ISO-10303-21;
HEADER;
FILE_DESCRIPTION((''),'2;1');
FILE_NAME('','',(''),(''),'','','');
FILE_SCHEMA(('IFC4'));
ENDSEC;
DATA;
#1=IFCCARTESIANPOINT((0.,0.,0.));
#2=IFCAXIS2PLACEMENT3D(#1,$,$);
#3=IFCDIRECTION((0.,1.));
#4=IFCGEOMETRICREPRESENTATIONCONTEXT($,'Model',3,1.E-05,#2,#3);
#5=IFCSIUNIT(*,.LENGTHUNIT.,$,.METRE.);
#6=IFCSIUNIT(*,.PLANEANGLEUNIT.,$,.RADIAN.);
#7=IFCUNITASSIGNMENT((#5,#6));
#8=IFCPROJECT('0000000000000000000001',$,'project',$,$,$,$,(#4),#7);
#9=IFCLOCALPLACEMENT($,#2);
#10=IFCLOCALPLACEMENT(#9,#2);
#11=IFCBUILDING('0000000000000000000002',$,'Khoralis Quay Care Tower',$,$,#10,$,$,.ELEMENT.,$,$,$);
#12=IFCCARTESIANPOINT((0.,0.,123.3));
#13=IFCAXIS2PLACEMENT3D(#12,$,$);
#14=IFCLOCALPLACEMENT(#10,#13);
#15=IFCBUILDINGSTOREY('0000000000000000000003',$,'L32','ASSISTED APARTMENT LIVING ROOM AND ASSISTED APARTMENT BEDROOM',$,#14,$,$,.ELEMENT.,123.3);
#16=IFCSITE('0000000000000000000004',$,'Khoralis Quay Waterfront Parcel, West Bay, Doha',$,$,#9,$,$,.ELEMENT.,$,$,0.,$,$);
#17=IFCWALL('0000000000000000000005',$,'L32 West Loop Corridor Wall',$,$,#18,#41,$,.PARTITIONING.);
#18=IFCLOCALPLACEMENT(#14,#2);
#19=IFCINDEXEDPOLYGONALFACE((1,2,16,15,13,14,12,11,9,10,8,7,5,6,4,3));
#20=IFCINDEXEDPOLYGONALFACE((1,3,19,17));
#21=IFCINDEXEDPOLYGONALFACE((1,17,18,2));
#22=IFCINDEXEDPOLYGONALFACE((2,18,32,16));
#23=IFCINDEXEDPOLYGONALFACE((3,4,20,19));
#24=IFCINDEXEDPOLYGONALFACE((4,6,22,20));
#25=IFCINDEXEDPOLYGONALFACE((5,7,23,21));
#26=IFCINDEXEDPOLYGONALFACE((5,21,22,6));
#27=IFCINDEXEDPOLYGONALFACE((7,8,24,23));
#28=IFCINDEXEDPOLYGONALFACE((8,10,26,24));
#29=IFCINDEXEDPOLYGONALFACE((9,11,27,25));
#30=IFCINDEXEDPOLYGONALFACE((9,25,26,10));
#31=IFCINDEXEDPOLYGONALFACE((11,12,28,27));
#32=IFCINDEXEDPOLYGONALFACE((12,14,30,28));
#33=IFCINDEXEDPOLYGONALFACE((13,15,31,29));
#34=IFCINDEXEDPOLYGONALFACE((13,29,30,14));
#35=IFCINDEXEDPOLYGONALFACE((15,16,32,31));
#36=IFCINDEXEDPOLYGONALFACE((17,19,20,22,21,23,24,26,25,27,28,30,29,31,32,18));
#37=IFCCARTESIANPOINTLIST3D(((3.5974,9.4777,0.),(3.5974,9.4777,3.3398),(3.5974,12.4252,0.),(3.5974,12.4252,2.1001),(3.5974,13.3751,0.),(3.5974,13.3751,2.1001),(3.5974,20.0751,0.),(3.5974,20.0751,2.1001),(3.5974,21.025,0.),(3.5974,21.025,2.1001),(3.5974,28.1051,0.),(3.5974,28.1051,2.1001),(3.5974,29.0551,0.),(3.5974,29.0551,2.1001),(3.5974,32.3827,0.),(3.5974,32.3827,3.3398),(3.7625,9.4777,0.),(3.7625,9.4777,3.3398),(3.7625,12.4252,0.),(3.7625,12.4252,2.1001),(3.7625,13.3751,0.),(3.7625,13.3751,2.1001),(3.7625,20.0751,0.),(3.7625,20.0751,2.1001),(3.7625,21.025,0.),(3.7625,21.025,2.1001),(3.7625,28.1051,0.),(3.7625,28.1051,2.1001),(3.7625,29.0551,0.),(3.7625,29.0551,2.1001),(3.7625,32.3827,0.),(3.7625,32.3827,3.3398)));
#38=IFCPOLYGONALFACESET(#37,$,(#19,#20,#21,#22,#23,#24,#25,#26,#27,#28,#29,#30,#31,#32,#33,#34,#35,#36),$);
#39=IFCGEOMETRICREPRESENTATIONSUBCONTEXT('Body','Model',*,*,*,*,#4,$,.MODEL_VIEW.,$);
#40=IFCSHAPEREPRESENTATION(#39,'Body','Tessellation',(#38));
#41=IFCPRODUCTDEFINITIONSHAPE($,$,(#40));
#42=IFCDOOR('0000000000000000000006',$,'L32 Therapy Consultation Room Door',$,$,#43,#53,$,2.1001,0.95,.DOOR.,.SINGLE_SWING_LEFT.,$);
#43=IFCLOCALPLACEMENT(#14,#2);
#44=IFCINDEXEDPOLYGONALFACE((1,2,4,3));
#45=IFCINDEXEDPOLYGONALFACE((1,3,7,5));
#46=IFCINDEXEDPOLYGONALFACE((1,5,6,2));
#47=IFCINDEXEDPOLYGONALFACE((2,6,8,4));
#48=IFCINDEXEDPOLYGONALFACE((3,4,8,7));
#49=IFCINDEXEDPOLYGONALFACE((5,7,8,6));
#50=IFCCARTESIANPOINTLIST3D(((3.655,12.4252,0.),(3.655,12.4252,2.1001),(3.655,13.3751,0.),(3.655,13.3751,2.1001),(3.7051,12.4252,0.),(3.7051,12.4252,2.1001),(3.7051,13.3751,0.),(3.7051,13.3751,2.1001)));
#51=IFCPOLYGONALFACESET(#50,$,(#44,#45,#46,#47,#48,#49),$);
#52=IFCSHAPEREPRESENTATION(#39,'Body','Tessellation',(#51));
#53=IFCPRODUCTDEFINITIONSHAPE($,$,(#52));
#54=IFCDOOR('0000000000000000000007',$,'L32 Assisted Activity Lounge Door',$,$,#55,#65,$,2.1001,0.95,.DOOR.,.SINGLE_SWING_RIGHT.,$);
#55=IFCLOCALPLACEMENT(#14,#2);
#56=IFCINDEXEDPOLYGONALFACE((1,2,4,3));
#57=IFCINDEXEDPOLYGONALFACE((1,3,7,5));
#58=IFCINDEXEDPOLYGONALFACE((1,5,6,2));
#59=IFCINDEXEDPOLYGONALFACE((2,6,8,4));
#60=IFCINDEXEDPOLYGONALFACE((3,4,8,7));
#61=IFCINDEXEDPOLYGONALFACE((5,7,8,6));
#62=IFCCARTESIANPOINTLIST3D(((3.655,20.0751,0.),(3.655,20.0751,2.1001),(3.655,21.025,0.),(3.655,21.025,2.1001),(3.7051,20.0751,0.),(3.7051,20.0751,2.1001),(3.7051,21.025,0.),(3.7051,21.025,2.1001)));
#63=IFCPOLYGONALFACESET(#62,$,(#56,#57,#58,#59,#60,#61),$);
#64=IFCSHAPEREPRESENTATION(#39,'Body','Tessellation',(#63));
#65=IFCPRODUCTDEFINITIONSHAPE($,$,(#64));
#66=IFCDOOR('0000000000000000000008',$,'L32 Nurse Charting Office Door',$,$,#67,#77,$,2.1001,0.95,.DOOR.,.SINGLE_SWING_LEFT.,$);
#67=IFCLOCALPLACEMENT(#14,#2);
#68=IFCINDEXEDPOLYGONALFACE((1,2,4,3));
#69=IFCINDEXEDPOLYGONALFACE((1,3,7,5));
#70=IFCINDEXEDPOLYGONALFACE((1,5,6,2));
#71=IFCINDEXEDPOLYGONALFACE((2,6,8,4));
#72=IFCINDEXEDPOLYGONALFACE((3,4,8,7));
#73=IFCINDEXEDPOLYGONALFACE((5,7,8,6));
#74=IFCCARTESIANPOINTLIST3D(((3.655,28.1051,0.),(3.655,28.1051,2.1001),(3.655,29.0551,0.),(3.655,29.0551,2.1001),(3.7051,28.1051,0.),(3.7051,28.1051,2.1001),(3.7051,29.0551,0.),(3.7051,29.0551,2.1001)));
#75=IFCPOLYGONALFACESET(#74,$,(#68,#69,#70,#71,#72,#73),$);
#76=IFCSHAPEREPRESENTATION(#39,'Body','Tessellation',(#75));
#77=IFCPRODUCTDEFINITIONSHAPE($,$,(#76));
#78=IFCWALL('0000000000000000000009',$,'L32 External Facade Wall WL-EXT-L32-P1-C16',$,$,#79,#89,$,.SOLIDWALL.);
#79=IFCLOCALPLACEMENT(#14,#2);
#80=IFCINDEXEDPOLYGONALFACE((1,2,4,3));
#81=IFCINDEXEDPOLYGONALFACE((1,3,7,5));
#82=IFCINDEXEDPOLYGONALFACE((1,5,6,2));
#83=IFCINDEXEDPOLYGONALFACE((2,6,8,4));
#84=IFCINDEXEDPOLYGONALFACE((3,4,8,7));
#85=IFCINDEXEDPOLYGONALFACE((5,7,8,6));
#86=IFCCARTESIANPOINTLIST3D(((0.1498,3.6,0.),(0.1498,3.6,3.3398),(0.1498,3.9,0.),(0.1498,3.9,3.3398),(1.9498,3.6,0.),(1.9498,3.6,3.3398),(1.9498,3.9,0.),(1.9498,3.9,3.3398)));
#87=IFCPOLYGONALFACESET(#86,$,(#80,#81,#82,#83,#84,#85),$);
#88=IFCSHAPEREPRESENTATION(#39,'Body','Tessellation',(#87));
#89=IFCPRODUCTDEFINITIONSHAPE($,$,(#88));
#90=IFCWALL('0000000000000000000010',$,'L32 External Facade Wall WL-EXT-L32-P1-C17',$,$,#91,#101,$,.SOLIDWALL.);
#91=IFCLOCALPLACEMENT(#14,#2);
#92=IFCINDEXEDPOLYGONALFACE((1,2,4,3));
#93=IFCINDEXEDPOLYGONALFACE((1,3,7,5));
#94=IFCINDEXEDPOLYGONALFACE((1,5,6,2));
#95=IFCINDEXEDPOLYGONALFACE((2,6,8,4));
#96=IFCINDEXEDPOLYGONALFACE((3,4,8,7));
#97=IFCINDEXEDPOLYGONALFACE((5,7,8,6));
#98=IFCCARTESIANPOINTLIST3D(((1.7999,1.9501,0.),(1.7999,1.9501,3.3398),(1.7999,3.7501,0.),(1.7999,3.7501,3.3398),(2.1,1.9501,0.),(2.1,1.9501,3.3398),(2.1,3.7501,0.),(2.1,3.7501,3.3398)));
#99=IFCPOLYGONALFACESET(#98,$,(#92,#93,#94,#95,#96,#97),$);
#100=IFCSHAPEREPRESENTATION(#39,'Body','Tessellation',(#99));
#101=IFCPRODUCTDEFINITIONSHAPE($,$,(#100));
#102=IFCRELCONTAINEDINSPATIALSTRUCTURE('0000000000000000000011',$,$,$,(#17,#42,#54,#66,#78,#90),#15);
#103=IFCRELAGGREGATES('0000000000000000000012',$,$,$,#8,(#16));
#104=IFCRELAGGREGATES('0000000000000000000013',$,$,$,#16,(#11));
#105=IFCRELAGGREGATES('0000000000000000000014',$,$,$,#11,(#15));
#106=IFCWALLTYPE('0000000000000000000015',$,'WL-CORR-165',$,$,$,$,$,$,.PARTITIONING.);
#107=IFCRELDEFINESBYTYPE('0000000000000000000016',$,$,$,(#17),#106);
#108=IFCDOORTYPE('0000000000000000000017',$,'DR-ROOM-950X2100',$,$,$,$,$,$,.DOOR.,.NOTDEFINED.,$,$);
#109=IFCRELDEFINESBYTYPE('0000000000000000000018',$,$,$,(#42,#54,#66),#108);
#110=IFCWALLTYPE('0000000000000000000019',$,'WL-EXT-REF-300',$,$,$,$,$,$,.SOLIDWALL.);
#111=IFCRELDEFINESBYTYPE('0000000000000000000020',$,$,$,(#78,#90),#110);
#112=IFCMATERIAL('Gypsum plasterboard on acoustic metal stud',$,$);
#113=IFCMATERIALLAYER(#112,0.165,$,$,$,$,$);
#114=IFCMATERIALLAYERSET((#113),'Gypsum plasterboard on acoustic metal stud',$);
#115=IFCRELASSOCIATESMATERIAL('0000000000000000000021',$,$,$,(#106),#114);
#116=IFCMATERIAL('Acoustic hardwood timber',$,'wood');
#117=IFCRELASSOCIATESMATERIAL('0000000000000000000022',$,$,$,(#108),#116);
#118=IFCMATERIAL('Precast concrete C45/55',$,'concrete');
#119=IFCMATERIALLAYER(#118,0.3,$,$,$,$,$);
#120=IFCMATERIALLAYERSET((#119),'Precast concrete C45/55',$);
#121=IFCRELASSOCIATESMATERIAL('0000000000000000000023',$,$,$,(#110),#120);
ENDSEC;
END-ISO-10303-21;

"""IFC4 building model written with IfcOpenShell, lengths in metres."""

from ifc_helpers import new_model, si_unit, direction, frame, frame_2d, origin, place, context, subcontext, project, spatial, rectangle, extrude, source, transform, mapped, material, layer, layer_set, type_object, element, fill, save


model = new_model("IFC4")

# Units and contexts
model_context = context("Model", 3, precision=1e-05, world=origin(), true_north=direction((0.0, 1.0)))
body_context = subcontext(model_context, "Body", "Model", "MODEL_VIEW")
ifc_project = project(units=[si_unit("LENGTHUNIT", "METRE"), si_unit("PLANEANGLEUNIT", "RADIAN")], contexts=[model_context])

# Site, building, storey
site_placement = place(None, origin())
site = spatial("IfcSite", under=ifc_project, at=site_placement, Name="Khoralis Quay Waterfront Parcel, West Bay, Doha", CompositionType="ELEMENT", RefElevation=0.0)
building_placement = place(site_placement, origin())
building = spatial("IfcBuilding", under=site, at=building_placement, Name="Khoralis Quay Care Tower", CompositionType="ELEMENT")
storey_placement = place(building_placement, frame((0.0, 0.0, 123.3)))
storey = spatial("IfcBuildingStorey", under=building, at=storey_placement, Name="L32", Description="ASSISTED APARTMENT LIVING ROOM AND ASSISTED APARTMENT BEDROOM", CompositionType="ELEMENT", Elevation=123.3)

# Wall, openings, doors
ifc_material_1 = material(Name="Gypsum plasterboard on acoustic metal stud")
ifc_layer_1 = layer(ifc_material_1, 0.165)
ifc_layer_set_1 = layer_set([ifc_layer_1], Name="Gypsum plasterboard on acoustic metal stud")
wall_type_1 = type_object("IfcWallType", Name="WL-CORR-165", PredefinedType="PARTITIONING", material=ifc_layer_set_1)
ifc_material_2 = material(Name="Acoustic hardwood timber", Category="wood")
door_type_1 = type_object("IfcDoorType", Name="DR-ROOM-950X2100", OperationType="NOTDEFINED", PredefinedType="DOOR", material=ifc_material_2)
shared_shape_1 = source(origin(), body_context, "Body", "SweptSolid", [
    extrude(rectangle(XDim=0.95, YDim=2.1001, at=frame_2d((0.4751, 1.05))), frame((0.0, 0.0249, 0.0), z_axis=(0.0, -1.0, 0.0), x_axis=(1.0, 0.0, 0.0)), (0.0, 0.0, 1.0), 0.05),
])
wall_1_placement = place(storey_placement, frame((3.6799, 9.4775, 0.0), z_axis=(0.0, 0.0, 1.0), x_axis=(0.0, 1.0, 0.0)))
wall_1 = element("IfcWall", 1, at=wall_1_placement, inside=storey, type_object=wall_type_1, Name="L32 West Loop Corridor Wall", PredefinedType="PARTITIONING", context=body_context, shape_type="SweptSolid", body=[
    extrude(rectangle(XDim=22.905, YDim=0.165, at=frame_2d((11.4526, 0.0))), origin(), (0.0, 0.0, 1.0), 3.3398),
])
opening_1_placement = place(wall_1_placement, frame((2.9475, 0.0, 0.0)))
opening_1 = element("IfcOpeningElement", 2, at=opening_1_placement, cuts=wall_1, PredefinedType="OPENING", context=body_context, shape_type="SweptSolid", body=[
    extrude(rectangle(XDim=0.95, YDim=2.1001, at=frame_2d((0.4751, 1.05))), frame((0.0, 0.0925, 0.0), z_axis=(0.0, -1.0, 0.0), x_axis=(1.0, 0.0, 0.0)), (0.0, 0.0, 1.0), 0.1851),
])
opening_2_placement = place(wall_1_placement, frame((10.5974, 0.0, 0.0)))
opening_2 = element("IfcOpeningElement", 3, at=opening_2_placement, cuts=wall_1, PredefinedType="OPENING", context=body_context, shape_type="SweptSolid", body=[
    extrude(rectangle(XDim=0.95, YDim=2.1001, at=frame_2d((0.4751, 1.05))), frame((0.0, 0.0925, 0.0), z_axis=(0.0, -1.0, 0.0), x_axis=(1.0, 0.0, 0.0)), (0.0, 0.0, 1.0), 0.1851),
])
opening_3_placement = place(wall_1_placement, frame((18.6274, 0.0, 0.0)))
opening_3 = element("IfcOpeningElement", 4, at=opening_3_placement, cuts=wall_1, PredefinedType="OPENING", context=body_context, shape_type="SweptSolid", body=[
    extrude(rectangle(XDim=0.95, YDim=2.1001, at=frame_2d((0.4751, 1.05))), frame((0.0, 0.0925, 0.0), z_axis=(0.0, -1.0, 0.0), x_axis=(1.0, 0.0, 0.0)), (0.0, 0.0, 1.0), 0.1851),
])
door_1_placement = place(opening_1_placement, origin())
door_1 = element("IfcDoor", 5, at=door_1_placement, inside=storey, type_object=door_type_1, Name="L32 Therapy Consultation Room Door", OperationType="SINGLE_SWING_LEFT", OverallHeight=2.1001, OverallWidth=0.95, PredefinedType="DOOR", context=body_context, shape_type="MappedRepresentation", body=[
    mapped(shared_shape_1, transform((0.0, 0.0, 0.0), scale=1.0)),
])
fill(opening_1, door_1)
door_2_placement = place(opening_2_placement, origin())
door_2 = element("IfcDoor", 6, at=door_2_placement, inside=storey, type_object=door_type_1, Name="L32 Assisted Activity Lounge Door", OperationType="SINGLE_SWING_RIGHT", OverallHeight=2.1001, OverallWidth=0.95, PredefinedType="DOOR", context=body_context, shape_type="MappedRepresentation", body=[
    mapped(shared_shape_1, transform((0.0, 0.0, 0.0), scale=1.0)),
])
fill(opening_2, door_2)
door_3_placement = place(opening_3_placement, origin())
door_3 = element("IfcDoor", 7, at=door_3_placement, inside=storey, type_object=door_type_1, Name="L32 Nurse Charting Office Door", OperationType="SINGLE_SWING_LEFT", OverallHeight=2.1001, OverallWidth=0.95, PredefinedType="DOOR", context=body_context, shape_type="MappedRepresentation", body=[
    mapped(shared_shape_1, transform((0.0, 0.0, 0.0), scale=1.0)),
])
fill(opening_3, door_3)

# Walls
ifc_material_3 = material(Name="Precast concrete C45/55", Category="concrete")
ifc_layer_2 = layer(ifc_material_3, 0.3)
ifc_layer_set_2 = layer_set([ifc_layer_2], Name="Precast concrete C45/55")
wall_type_2 = type_object("IfcWallType", Name="WL-EXT-REF-300", PredefinedType="SOLIDWALL", material=ifc_layer_set_2)
for number, where, z_axis, x_axis, name in (
    (8, (0.1499, 3.75, 0.0), (0.0, 0.0, 1.0), (1.0, 0.0, 0.0), "L32 External Facade Wall WL-EXT-L32-P1-C16"),
    (9, (1.95, 3.75, 0.0), (0.0, 0.0, 1.0), (0.0, -1.0, 0.0), "L32 External Facade Wall WL-EXT-L32-P1-C17"),
):
    element("IfcWall", number, at=place(storey_placement, frame(where, z_axis=z_axis, x_axis=x_axis)), inside=storey, type_object=wall_type_2, Name=name, PredefinedType="SOLIDWALL", context=body_context, shape_type="SweptSolid", body=[
        extrude(rectangle(XDim=1.8, YDim=0.3, at=frame_2d((0.8999, 0.0))), origin(), (0.0, 0.0, 1.0), 3.3398),
    ])

save(model, "model.ifc")
